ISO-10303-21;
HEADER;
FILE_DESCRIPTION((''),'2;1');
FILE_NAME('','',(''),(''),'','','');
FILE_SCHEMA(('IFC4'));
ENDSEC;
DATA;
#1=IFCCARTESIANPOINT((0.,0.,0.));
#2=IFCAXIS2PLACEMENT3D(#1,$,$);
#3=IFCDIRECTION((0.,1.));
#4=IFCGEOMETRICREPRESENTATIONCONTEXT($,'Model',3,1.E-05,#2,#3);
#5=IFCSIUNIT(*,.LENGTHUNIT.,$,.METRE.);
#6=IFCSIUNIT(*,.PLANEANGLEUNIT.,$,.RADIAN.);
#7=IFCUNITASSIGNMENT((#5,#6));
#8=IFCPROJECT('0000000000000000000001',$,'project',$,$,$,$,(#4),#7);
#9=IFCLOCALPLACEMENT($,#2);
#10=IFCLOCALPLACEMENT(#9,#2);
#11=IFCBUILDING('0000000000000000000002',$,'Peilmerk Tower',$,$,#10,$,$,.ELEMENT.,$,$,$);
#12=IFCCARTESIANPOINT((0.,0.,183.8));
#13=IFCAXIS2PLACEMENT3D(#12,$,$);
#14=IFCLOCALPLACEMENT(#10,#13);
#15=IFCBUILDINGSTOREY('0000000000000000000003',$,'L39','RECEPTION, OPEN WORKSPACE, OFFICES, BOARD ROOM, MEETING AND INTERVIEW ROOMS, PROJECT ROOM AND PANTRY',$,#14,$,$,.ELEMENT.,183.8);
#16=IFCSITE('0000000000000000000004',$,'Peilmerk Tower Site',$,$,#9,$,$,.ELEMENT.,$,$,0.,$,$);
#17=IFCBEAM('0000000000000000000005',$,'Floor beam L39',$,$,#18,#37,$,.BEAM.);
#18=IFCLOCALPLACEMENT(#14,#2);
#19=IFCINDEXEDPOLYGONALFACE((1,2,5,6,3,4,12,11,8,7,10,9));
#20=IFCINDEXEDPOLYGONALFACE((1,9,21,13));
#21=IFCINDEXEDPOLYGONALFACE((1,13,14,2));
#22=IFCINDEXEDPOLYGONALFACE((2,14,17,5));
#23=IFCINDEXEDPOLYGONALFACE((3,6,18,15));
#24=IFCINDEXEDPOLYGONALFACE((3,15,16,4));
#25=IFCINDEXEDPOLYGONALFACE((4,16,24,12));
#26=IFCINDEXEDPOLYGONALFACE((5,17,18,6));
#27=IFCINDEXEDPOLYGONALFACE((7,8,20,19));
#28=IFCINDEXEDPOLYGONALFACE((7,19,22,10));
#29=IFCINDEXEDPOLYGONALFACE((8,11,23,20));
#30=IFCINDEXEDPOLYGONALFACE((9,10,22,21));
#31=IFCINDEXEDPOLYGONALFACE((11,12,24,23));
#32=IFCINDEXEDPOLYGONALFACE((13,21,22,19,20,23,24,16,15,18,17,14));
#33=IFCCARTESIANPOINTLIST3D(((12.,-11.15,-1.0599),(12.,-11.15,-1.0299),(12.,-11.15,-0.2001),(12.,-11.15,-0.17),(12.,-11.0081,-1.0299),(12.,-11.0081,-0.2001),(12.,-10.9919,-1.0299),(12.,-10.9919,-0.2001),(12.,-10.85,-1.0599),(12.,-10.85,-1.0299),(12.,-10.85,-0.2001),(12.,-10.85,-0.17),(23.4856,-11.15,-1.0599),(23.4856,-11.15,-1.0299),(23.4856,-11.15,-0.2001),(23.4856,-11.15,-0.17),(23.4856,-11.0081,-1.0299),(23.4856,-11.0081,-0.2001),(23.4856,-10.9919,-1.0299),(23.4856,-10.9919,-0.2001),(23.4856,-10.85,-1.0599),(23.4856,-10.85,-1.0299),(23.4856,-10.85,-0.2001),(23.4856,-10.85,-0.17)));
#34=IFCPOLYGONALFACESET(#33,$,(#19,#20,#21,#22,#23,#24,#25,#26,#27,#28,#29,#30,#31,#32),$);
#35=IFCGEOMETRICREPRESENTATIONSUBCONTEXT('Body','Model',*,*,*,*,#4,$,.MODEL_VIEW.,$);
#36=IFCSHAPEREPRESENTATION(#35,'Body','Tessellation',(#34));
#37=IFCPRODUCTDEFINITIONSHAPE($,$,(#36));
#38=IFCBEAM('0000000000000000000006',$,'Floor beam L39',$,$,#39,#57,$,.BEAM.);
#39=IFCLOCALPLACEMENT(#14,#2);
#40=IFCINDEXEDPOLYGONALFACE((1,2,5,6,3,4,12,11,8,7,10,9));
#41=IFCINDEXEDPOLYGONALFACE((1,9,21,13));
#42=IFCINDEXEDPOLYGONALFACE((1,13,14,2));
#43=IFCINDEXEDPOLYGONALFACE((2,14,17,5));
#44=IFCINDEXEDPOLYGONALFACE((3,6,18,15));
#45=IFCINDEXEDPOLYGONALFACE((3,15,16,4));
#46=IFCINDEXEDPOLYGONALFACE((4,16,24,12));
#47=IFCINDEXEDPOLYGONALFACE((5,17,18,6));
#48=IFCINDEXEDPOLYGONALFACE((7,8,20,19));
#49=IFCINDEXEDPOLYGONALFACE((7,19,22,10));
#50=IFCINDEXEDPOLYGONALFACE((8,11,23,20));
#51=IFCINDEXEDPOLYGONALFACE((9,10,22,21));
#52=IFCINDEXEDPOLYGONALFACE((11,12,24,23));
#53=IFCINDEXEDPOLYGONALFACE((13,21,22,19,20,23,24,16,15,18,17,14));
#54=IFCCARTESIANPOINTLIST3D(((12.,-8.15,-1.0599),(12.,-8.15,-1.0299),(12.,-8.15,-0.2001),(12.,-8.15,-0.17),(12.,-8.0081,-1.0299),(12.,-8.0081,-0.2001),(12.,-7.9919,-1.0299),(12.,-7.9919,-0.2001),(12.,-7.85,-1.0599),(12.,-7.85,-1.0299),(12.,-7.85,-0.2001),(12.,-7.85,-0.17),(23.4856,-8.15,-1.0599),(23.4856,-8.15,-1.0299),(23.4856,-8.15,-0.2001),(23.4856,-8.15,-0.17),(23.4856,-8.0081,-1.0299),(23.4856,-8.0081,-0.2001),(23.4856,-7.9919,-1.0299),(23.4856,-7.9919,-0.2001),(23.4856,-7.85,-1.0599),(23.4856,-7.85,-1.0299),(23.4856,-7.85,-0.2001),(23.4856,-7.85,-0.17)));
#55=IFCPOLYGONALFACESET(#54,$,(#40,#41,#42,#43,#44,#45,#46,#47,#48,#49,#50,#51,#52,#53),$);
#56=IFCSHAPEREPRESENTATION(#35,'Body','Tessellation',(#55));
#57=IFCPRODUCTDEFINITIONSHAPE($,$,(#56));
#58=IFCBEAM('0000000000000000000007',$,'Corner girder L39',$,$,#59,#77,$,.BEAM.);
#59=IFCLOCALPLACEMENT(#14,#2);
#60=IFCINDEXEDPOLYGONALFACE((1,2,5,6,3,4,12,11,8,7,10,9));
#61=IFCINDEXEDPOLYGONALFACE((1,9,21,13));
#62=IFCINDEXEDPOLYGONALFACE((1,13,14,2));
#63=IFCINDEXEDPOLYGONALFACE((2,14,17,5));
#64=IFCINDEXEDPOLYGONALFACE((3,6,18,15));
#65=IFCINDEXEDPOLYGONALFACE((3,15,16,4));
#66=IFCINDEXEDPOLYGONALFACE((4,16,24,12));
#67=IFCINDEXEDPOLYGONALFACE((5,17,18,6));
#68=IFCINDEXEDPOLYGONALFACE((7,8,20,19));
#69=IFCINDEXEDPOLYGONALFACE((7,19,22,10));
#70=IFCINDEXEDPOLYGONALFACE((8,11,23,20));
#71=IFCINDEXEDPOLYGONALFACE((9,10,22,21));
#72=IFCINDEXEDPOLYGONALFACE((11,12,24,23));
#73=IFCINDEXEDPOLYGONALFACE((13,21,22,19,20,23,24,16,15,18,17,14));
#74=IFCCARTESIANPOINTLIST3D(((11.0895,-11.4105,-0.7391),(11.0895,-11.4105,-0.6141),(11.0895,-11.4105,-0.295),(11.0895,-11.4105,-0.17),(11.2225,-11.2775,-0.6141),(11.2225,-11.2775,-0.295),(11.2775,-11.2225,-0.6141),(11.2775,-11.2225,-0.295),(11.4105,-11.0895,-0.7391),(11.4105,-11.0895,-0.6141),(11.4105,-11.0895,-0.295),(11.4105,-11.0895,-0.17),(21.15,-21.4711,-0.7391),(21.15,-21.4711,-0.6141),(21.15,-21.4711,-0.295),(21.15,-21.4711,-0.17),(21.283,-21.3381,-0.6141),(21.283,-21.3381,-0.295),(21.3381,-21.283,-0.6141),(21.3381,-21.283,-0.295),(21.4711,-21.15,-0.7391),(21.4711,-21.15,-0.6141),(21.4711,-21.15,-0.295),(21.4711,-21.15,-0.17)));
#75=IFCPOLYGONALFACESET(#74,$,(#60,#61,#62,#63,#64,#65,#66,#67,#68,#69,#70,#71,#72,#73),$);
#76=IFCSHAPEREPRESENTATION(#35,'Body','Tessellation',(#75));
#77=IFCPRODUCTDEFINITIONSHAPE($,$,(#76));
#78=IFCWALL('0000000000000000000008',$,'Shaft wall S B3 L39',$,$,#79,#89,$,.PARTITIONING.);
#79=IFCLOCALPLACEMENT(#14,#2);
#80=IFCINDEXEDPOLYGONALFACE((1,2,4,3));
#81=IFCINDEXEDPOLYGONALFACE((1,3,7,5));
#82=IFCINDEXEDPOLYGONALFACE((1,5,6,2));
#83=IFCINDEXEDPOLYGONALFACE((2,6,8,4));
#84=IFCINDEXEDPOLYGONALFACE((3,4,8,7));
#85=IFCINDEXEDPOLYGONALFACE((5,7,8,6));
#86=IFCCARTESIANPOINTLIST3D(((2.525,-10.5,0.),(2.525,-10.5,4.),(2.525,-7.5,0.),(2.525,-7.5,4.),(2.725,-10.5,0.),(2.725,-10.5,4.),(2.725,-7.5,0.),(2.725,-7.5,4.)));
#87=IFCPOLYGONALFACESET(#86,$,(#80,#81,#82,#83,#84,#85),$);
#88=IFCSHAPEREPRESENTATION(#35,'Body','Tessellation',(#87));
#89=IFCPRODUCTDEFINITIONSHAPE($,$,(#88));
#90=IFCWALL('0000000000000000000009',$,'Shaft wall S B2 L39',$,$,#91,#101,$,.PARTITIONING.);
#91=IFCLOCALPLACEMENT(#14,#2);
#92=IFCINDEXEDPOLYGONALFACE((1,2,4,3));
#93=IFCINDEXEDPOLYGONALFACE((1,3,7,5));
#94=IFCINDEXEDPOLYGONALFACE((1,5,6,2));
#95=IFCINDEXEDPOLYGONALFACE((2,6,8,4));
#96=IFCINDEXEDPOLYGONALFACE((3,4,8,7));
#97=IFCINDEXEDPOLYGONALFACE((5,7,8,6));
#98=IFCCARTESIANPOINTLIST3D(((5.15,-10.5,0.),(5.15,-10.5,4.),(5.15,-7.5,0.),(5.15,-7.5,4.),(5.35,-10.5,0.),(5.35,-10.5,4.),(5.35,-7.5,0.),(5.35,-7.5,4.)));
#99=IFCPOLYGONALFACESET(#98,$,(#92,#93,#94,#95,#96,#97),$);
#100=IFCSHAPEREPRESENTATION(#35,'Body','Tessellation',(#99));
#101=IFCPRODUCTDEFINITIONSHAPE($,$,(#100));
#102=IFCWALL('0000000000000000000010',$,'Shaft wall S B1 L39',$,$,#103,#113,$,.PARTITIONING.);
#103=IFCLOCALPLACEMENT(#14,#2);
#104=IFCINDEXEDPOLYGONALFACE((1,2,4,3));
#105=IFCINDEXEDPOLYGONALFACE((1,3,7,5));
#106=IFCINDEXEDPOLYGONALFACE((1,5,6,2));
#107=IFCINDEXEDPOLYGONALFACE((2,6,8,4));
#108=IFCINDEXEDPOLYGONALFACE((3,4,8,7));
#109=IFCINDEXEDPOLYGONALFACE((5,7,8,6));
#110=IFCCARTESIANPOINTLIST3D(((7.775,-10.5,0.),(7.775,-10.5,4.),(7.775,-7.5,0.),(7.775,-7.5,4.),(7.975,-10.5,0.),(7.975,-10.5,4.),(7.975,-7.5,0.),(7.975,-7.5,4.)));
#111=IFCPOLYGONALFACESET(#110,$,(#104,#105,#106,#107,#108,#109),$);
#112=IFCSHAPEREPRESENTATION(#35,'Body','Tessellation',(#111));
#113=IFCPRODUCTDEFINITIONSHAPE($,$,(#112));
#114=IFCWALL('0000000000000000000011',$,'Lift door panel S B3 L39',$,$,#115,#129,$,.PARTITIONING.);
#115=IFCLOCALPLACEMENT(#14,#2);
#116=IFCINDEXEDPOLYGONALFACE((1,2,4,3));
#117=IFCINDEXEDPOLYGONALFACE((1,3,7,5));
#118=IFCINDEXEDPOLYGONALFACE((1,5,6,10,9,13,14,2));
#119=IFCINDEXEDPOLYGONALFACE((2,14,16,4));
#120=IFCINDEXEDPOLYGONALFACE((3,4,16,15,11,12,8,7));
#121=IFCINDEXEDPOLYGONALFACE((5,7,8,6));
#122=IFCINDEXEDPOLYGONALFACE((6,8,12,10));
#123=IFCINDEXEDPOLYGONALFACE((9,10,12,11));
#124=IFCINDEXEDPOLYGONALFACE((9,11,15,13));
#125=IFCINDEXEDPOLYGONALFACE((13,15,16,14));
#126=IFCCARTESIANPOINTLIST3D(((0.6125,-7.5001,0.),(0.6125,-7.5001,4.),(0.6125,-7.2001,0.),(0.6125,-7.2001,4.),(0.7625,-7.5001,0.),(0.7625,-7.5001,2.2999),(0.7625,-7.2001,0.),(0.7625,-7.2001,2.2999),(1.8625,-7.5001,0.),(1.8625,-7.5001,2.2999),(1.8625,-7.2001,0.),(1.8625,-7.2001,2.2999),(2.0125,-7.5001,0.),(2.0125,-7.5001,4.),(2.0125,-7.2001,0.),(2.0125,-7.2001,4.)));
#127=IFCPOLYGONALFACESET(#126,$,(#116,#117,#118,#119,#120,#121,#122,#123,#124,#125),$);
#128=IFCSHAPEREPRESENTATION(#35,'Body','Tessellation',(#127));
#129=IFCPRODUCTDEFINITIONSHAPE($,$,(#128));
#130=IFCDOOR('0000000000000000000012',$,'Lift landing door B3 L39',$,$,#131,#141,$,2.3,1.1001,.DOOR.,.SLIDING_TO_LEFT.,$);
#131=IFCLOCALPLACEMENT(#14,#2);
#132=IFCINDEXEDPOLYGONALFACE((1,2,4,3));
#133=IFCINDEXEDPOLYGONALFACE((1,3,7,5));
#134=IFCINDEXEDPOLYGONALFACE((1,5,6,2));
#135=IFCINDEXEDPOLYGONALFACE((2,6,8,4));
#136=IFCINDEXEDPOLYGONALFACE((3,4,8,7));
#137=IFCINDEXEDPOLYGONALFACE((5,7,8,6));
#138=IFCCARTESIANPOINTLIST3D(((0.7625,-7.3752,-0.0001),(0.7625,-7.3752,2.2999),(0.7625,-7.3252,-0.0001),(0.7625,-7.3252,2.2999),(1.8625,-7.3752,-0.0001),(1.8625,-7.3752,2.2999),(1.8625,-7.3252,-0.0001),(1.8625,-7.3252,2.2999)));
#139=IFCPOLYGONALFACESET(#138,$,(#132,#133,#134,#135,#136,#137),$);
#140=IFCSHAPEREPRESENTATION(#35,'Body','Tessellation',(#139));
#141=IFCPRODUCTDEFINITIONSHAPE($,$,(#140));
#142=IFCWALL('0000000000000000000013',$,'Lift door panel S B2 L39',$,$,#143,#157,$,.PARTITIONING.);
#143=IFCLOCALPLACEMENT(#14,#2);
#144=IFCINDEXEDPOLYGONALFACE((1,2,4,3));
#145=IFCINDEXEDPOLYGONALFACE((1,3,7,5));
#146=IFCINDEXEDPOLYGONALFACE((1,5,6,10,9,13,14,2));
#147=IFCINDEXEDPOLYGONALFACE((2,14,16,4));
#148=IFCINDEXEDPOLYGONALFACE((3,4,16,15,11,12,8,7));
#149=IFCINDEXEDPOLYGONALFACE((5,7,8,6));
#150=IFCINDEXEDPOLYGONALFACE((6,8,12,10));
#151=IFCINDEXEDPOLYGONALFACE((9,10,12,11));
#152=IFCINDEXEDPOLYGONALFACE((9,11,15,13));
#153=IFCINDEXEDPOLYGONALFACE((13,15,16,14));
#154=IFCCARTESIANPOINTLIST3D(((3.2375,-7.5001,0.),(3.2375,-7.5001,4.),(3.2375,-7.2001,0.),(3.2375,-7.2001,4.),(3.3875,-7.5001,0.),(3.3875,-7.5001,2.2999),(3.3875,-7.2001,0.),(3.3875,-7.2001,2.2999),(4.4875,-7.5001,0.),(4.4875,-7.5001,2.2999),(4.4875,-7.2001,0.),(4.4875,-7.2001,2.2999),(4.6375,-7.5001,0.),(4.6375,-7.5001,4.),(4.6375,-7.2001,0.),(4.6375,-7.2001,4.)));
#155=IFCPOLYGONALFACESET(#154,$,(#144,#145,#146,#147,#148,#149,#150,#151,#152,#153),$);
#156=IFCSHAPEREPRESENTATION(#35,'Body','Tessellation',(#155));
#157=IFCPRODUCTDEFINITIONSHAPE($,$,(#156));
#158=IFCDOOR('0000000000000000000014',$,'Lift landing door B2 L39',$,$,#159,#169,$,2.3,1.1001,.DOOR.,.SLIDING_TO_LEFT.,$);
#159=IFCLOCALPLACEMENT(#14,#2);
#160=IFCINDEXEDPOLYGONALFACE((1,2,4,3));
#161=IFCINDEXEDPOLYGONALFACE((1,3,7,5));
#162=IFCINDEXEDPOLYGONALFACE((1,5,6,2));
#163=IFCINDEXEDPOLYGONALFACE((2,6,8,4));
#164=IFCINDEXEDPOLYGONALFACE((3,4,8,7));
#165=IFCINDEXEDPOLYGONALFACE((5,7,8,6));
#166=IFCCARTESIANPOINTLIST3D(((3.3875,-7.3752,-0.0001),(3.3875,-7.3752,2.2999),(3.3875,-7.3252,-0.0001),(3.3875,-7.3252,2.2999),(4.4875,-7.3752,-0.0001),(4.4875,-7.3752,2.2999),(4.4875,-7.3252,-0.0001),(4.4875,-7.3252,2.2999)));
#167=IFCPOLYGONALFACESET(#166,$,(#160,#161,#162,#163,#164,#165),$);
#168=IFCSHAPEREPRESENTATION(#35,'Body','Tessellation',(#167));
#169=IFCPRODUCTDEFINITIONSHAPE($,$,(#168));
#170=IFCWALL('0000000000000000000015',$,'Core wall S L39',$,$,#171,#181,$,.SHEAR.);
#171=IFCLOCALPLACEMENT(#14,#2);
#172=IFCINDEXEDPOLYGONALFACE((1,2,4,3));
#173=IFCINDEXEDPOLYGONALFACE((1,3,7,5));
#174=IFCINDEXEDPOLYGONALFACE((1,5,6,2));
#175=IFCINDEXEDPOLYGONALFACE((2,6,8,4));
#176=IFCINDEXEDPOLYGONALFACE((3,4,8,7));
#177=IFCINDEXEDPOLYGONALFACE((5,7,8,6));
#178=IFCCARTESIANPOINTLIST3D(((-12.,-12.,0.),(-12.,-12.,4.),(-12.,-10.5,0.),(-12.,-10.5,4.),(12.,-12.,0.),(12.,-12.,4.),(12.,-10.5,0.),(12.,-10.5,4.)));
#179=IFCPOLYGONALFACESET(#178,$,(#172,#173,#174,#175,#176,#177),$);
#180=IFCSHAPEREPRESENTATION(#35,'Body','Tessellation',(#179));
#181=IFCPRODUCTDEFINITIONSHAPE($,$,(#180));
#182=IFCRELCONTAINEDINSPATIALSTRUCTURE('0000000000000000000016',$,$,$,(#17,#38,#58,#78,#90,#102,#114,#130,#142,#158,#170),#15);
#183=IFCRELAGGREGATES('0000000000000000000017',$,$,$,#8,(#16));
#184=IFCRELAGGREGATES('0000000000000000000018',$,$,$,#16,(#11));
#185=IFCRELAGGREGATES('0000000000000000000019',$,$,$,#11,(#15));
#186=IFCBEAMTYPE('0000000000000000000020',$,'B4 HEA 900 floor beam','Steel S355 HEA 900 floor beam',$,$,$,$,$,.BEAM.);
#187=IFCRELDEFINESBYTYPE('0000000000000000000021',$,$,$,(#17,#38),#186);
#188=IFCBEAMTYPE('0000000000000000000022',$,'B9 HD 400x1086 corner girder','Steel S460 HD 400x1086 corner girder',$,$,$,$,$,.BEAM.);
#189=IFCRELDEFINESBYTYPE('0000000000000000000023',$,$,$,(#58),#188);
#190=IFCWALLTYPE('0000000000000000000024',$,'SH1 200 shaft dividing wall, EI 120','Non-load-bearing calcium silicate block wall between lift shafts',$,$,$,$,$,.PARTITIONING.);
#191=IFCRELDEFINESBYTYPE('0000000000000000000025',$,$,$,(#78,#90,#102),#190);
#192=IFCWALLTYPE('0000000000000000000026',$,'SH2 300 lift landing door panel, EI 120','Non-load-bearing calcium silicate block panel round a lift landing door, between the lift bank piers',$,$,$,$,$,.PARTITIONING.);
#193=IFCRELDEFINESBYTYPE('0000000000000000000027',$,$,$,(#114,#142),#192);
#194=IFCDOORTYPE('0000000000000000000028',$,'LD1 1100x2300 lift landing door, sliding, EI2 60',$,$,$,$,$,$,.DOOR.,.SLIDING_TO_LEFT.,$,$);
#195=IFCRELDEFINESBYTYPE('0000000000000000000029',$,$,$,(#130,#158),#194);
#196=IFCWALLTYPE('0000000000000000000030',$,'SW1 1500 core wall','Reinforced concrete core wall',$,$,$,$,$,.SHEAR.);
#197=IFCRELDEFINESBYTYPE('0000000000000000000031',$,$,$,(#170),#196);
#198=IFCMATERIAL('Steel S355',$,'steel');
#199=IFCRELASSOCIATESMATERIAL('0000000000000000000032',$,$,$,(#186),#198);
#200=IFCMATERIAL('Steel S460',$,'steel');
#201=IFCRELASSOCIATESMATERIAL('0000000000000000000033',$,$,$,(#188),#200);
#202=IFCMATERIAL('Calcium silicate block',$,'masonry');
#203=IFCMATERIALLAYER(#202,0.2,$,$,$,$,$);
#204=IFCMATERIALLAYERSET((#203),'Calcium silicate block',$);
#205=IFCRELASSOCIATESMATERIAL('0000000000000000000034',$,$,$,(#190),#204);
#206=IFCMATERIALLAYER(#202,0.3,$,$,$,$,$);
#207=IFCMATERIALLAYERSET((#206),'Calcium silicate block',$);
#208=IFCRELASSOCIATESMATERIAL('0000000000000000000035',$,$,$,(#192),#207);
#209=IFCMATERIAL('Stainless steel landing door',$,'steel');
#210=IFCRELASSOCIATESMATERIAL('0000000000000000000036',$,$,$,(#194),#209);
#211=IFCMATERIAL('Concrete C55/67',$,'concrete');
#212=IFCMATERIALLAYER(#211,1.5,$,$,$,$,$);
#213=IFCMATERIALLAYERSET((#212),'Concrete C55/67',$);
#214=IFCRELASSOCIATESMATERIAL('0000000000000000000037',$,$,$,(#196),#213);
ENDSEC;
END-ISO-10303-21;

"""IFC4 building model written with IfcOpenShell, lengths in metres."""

from ifc_helpers import new_model, si_unit, direction, frame, frame_2d, origin, origin_2d, place, context, subcontext, project, spatial, rectangle, i_section, extrude, material, layer, layer_set, material_profile, profile_set, type_object, element, fill, save


model = new_model("IFC4")

# Units and contexts
model_context = context("Model", 3, precision=1e-05, world=origin(), true_north=direction((0.0, 1.0)))
body_context = subcontext(model_context, "Body", "Model", "MODEL_VIEW")
ifc_project = project(units=[si_unit("LENGTHUNIT", "METRE"), si_unit("PLANEANGLEUNIT", "RADIAN")], contexts=[model_context])

# Site, building, storey
site_placement = place(None, origin())
site = spatial("IfcSite", under=ifc_project, at=site_placement, Name="Peilmerk Tower Site", CompositionType="ELEMENT", RefElevation=0.0)
building_placement = place(site_placement, origin())
building = spatial("IfcBuilding", under=site, at=building_placement, Name="Peilmerk Tower", CompositionType="ELEMENT")
storey_placement = place(building_placement, frame((0.0, 0.0, 183.8)))
storey = spatial("IfcBuildingStorey", under=building, at=storey_placement, Name="L39", Description="RECEPTION, OPEN WORKSPACE, OFFICES, BOARD ROOM, MEETING AND INTERVIEW ROOMS, PROJECT ROOM AND PANTRY", CompositionType="ELEMENT", Elevation=183.8)

# Beams
ifc_material_1 = material(Name="Steel S355", Category="steel")
ifc_material_profile_1 = material_profile(ifc_material_1, i_section(OverallWidth=0.3, OverallDepth=0.8899, WebThickness=0.0161, FlangeThickness=0.03, at=origin_2d()), Name="HEA 900")
ifc_profile_set_1 = profile_set([ifc_material_profile_1], Name="Steel S355")
beam_type_1 = type_object("IfcBeamType", Name="B4 HEA 900 floor beam", Description="Steel S355 HEA 900 floor beam", PredefinedType="BEAM", material=ifc_profile_set_1)
for number, where, z_axis, x_axis, name in (
    (1, (12.0, -11.0, -0.615), (1.0, 0.0, 0.0), (0.0, 1.0, 0.0), "Floor beam L39"),
    (2, (12.0, -8.0, -0.615), (1.0, 0.0, 0.0), (0.0, 1.0, 0.0), "Floor beam L39"),
):
    element("IfcBeam", number, at=place(storey_placement, frame(where, z_axis=z_axis, x_axis=x_axis)), inside=storey, type_object=beam_type_1, Name=name, PredefinedType="BEAM", context=body_context, shape_type="SweptSolid", body=[
        extrude(i_section(OverallWidth=0.3, OverallDepth=0.8899, WebThickness=0.0161, FlangeThickness=0.03, at=origin_2d()), origin(), (0.0, 0.0, 1.0), 11.4856),
    ])
ifc_material_2 = material(Name="Steel S460", Category="steel")
ifc_material_profile_2 = material_profile(ifc_material_2, i_section(OverallWidth=0.4541, OverallDepth=0.5691, WebThickness=0.0779, FlangeThickness=0.125, at=origin_2d()), Name="HD 400x1086")
ifc_profile_set_2 = profile_set([ifc_material_profile_2], Name="Steel S460")
beam_type_2 = type_object("IfcBeamType", Name="B9 HD 400x1086 corner girder", Description="Steel S460 HD 400x1086 corner girder", PredefinedType="BEAM", material=ifc_profile_set_2)
beam_placement = place(storey_placement, frame((11.25, -11.25, -0.4546), z_axis=(0.707107, -0.707107, 0.0), x_axis=(0.707107, 0.707107, 0.0)))
element("IfcBeam", 3, at=beam_placement, inside=storey, type_object=beam_type_2, Name="Corner girder L39", PredefinedType="BEAM", context=body_context, shape_type="SweptSolid", body=[
    extrude(i_section(OverallWidth=0.4541, OverallDepth=0.5691, WebThickness=0.0779, FlangeThickness=0.125, at=origin_2d()), origin(), (0.0, 0.0, 1.0), 14.2278),
])

# Walls
ifc_material_3 = material(Name="Calcium silicate block", Category="masonry")
ifc_layer_1 = layer(ifc_material_3, 0.2)
ifc_layer_set_1 = layer_set([ifc_layer_1], Name="Calcium silicate block")
wall_type_1 = type_object("IfcWallType", Name="SH1 200 shaft dividing wall, EI 120", Description="Non-load-bearing calcium silicate block wall between lift shafts", PredefinedType="PARTITIONING", material=ifc_layer_set_1)
for number, where, z_axis, x_axis, name in (
    (4, (2.625, -10.5, 0.0), (0.0, 0.0, 1.0), (0.0, 1.0, 0.0), "Shaft wall S B3 L39"),
    (5, (5.25, -10.5, 0.0), (0.0, 0.0, 1.0), (0.0, 1.0, 0.0), "Shaft wall S B2 L39"),
    (6, (7.875, -10.5, 0.0), (0.0, 0.0, 1.0), (0.0, 1.0, 0.0), "Shaft wall S B1 L39"),
):
    element("IfcWall", number, at=place(storey_placement, frame(where, z_axis=z_axis, x_axis=x_axis)), inside=storey, type_object=wall_type_1, Name=name, PredefinedType="PARTITIONING", context=body_context, shape_type="SweptSolid", body=[
        extrude(rectangle(XDim=3.0, YDim=0.2, at=frame_2d((1.5, 0.0))), origin(), (0.0, 0.0, 1.0), 4.0),
    ])

# Walls, openings, doors
ifc_layer_2 = layer(ifc_material_3, 0.3)
ifc_layer_set_2 = layer_set([ifc_layer_2], Name="Calcium silicate block")
wall_type_2 = type_object("IfcWallType", Name="SH2 300 lift landing door panel, EI 120", Description="Non-load-bearing calcium silicate block panel round a lift landing door, between the lift bank piers", PredefinedType="PARTITIONING", material=ifc_layer_set_2)
wall_1_placement = place(storey_placement, frame((0.6125, -7.3501, 0.0), z_axis=(0.0, 0.0, 1.0), x_axis=(1.0, 0.0, 0.0)))
wall_1 = element("IfcWall", 7, at=wall_1_placement, inside=storey, type_object=wall_type_2, Name="Lift door panel S B3 L39", PredefinedType="PARTITIONING", context=body_context, shape_type="SweptSolid", body=[
    extrude(rectangle(XDim=1.3999, YDim=0.3, at=frame_2d((0.7, 0.0))), origin(), (0.0, 0.0, 1.0), 4.0),
])
opening_1_placement = place(wall_1_placement, frame((0.1499, 0.0, 0.0)))
opening_1 = element("IfcOpeningElement", 8, at=opening_1_placement, cuts=wall_1, PredefinedType="OPENING", context=body_context, shape_type="SweptSolid", body=[
    extrude(rectangle(XDim=1.1001, YDim=2.3, at=frame_2d((0.55, 1.1499))), frame((0.0, 0.1599, 0.0), z_axis=(0.0, -1.0, 0.0), x_axis=(1.0, 0.0, 0.0)), (0.0, 0.0, 1.0), 0.3201),
])
ifc_material_4 = material(Name="Stainless steel landing door", Category="steel")
door_type = type_object("IfcDoorType", Name="LD1 1100x2300 lift landing door, sliding, EI2 60", OperationType="SLIDING_TO_LEFT", PredefinedType="DOOR", material=ifc_material_4)
door_1_placement = place(opening_1_placement, origin())
door_1 = element("IfcDoor", 9, at=door_1_placement, inside=storey, type_object=door_type, Name="Lift landing door B3 L39", OperationType="SLIDING_TO_LEFT", OverallHeight=2.3, OverallWidth=1.1001, PredefinedType="DOOR", context=body_context, shape_type="SweptSolid", body=[
    extrude(rectangle(XDim=1.1001, YDim=2.3, at=frame_2d((0.55, 1.1499))), frame((0.0, 0.0249, 0.0), z_axis=(0.0, -1.0, 0.0), x_axis=(1.0, 0.0, 0.0)), (0.0, 0.0, 1.0), 0.05),
])
fill(opening_1, door_1)
wall_2_placement = place(storey_placement, frame((3.2375, -7.3501, 0.0), z_axis=(0.0, 0.0, 1.0), x_axis=(1.0, 0.0, 0.0)))
wall_2 = element("IfcWall", 10, at=wall_2_placement, inside=storey, type_object=wall_type_2, Name="Lift door panel S B2 L39", PredefinedType="PARTITIONING", context=body_context, shape_type="SweptSolid", body=[
    extrude(rectangle(XDim=1.3999, YDim=0.3, at=frame_2d((0.7, 0.0))), origin(), (0.0, 0.0, 1.0), 4.0),
])
opening_2_placement = place(wall_2_placement, frame((0.1499, 0.0, 0.0)))
opening_2 = element("IfcOpeningElement", 11, at=opening_2_placement, cuts=wall_2, PredefinedType="OPENING", context=body_context, shape_type="SweptSolid", body=[
    extrude(rectangle(XDim=1.1001, YDim=2.3, at=frame_2d((0.55, 1.1499))), frame((0.0, 0.1599, 0.0), z_axis=(0.0, -1.0, 0.0), x_axis=(1.0, 0.0, 0.0)), (0.0, 0.0, 1.0), 0.3201),
])
door_2_placement = place(opening_2_placement, origin())
door_2 = element("IfcDoor", 12, at=door_2_placement, inside=storey, type_object=door_type, Name="Lift landing door B2 L39", OperationType="SLIDING_TO_LEFT", OverallHeight=2.3, OverallWidth=1.1001, PredefinedType="DOOR", context=body_context, shape_type="SweptSolid", body=[
    extrude(rectangle(XDim=1.1001, YDim=2.3, at=frame_2d((0.55, 1.1499))), frame((0.0, 0.0249, 0.0), z_axis=(0.0, -1.0, 0.0), x_axis=(1.0, 0.0, 0.0)), (0.0, 0.0, 1.0), 0.05),
])
fill(opening_2, door_2)

# Wall
ifc_material_5 = material(Name="Concrete C55/67", Category="concrete")
ifc_layer_3 = layer(ifc_material_5, 1.5)
ifc_layer_set_3 = layer_set([ifc_layer_3], Name="Concrete C55/67")
wall_type_3 = type_object("IfcWallType", Name="SW1 1500 core wall", Description="Reinforced concrete core wall", PredefinedType="SHEAR", material=ifc_layer_set_3)
wall_3_placement = place(storey_placement, frame((12.0, -11.25, 0.0), z_axis=(0.0, 0.0, 1.0), x_axis=(-1.0, 0.0, 0.0)))
element("IfcWall", 13, at=wall_3_placement, inside=storey, type_object=wall_type_3, Name="Core wall S L39", PredefinedType="SHEAR", context=body_context, shape_type="SweptSolid", body=[
    extrude(rectangle(XDim=24.0, YDim=1.5, at=frame_2d((12.0, 0.0))), origin(), (0.0, 0.0, 1.0), 4.0),
])

save(model, "model.ifc")
